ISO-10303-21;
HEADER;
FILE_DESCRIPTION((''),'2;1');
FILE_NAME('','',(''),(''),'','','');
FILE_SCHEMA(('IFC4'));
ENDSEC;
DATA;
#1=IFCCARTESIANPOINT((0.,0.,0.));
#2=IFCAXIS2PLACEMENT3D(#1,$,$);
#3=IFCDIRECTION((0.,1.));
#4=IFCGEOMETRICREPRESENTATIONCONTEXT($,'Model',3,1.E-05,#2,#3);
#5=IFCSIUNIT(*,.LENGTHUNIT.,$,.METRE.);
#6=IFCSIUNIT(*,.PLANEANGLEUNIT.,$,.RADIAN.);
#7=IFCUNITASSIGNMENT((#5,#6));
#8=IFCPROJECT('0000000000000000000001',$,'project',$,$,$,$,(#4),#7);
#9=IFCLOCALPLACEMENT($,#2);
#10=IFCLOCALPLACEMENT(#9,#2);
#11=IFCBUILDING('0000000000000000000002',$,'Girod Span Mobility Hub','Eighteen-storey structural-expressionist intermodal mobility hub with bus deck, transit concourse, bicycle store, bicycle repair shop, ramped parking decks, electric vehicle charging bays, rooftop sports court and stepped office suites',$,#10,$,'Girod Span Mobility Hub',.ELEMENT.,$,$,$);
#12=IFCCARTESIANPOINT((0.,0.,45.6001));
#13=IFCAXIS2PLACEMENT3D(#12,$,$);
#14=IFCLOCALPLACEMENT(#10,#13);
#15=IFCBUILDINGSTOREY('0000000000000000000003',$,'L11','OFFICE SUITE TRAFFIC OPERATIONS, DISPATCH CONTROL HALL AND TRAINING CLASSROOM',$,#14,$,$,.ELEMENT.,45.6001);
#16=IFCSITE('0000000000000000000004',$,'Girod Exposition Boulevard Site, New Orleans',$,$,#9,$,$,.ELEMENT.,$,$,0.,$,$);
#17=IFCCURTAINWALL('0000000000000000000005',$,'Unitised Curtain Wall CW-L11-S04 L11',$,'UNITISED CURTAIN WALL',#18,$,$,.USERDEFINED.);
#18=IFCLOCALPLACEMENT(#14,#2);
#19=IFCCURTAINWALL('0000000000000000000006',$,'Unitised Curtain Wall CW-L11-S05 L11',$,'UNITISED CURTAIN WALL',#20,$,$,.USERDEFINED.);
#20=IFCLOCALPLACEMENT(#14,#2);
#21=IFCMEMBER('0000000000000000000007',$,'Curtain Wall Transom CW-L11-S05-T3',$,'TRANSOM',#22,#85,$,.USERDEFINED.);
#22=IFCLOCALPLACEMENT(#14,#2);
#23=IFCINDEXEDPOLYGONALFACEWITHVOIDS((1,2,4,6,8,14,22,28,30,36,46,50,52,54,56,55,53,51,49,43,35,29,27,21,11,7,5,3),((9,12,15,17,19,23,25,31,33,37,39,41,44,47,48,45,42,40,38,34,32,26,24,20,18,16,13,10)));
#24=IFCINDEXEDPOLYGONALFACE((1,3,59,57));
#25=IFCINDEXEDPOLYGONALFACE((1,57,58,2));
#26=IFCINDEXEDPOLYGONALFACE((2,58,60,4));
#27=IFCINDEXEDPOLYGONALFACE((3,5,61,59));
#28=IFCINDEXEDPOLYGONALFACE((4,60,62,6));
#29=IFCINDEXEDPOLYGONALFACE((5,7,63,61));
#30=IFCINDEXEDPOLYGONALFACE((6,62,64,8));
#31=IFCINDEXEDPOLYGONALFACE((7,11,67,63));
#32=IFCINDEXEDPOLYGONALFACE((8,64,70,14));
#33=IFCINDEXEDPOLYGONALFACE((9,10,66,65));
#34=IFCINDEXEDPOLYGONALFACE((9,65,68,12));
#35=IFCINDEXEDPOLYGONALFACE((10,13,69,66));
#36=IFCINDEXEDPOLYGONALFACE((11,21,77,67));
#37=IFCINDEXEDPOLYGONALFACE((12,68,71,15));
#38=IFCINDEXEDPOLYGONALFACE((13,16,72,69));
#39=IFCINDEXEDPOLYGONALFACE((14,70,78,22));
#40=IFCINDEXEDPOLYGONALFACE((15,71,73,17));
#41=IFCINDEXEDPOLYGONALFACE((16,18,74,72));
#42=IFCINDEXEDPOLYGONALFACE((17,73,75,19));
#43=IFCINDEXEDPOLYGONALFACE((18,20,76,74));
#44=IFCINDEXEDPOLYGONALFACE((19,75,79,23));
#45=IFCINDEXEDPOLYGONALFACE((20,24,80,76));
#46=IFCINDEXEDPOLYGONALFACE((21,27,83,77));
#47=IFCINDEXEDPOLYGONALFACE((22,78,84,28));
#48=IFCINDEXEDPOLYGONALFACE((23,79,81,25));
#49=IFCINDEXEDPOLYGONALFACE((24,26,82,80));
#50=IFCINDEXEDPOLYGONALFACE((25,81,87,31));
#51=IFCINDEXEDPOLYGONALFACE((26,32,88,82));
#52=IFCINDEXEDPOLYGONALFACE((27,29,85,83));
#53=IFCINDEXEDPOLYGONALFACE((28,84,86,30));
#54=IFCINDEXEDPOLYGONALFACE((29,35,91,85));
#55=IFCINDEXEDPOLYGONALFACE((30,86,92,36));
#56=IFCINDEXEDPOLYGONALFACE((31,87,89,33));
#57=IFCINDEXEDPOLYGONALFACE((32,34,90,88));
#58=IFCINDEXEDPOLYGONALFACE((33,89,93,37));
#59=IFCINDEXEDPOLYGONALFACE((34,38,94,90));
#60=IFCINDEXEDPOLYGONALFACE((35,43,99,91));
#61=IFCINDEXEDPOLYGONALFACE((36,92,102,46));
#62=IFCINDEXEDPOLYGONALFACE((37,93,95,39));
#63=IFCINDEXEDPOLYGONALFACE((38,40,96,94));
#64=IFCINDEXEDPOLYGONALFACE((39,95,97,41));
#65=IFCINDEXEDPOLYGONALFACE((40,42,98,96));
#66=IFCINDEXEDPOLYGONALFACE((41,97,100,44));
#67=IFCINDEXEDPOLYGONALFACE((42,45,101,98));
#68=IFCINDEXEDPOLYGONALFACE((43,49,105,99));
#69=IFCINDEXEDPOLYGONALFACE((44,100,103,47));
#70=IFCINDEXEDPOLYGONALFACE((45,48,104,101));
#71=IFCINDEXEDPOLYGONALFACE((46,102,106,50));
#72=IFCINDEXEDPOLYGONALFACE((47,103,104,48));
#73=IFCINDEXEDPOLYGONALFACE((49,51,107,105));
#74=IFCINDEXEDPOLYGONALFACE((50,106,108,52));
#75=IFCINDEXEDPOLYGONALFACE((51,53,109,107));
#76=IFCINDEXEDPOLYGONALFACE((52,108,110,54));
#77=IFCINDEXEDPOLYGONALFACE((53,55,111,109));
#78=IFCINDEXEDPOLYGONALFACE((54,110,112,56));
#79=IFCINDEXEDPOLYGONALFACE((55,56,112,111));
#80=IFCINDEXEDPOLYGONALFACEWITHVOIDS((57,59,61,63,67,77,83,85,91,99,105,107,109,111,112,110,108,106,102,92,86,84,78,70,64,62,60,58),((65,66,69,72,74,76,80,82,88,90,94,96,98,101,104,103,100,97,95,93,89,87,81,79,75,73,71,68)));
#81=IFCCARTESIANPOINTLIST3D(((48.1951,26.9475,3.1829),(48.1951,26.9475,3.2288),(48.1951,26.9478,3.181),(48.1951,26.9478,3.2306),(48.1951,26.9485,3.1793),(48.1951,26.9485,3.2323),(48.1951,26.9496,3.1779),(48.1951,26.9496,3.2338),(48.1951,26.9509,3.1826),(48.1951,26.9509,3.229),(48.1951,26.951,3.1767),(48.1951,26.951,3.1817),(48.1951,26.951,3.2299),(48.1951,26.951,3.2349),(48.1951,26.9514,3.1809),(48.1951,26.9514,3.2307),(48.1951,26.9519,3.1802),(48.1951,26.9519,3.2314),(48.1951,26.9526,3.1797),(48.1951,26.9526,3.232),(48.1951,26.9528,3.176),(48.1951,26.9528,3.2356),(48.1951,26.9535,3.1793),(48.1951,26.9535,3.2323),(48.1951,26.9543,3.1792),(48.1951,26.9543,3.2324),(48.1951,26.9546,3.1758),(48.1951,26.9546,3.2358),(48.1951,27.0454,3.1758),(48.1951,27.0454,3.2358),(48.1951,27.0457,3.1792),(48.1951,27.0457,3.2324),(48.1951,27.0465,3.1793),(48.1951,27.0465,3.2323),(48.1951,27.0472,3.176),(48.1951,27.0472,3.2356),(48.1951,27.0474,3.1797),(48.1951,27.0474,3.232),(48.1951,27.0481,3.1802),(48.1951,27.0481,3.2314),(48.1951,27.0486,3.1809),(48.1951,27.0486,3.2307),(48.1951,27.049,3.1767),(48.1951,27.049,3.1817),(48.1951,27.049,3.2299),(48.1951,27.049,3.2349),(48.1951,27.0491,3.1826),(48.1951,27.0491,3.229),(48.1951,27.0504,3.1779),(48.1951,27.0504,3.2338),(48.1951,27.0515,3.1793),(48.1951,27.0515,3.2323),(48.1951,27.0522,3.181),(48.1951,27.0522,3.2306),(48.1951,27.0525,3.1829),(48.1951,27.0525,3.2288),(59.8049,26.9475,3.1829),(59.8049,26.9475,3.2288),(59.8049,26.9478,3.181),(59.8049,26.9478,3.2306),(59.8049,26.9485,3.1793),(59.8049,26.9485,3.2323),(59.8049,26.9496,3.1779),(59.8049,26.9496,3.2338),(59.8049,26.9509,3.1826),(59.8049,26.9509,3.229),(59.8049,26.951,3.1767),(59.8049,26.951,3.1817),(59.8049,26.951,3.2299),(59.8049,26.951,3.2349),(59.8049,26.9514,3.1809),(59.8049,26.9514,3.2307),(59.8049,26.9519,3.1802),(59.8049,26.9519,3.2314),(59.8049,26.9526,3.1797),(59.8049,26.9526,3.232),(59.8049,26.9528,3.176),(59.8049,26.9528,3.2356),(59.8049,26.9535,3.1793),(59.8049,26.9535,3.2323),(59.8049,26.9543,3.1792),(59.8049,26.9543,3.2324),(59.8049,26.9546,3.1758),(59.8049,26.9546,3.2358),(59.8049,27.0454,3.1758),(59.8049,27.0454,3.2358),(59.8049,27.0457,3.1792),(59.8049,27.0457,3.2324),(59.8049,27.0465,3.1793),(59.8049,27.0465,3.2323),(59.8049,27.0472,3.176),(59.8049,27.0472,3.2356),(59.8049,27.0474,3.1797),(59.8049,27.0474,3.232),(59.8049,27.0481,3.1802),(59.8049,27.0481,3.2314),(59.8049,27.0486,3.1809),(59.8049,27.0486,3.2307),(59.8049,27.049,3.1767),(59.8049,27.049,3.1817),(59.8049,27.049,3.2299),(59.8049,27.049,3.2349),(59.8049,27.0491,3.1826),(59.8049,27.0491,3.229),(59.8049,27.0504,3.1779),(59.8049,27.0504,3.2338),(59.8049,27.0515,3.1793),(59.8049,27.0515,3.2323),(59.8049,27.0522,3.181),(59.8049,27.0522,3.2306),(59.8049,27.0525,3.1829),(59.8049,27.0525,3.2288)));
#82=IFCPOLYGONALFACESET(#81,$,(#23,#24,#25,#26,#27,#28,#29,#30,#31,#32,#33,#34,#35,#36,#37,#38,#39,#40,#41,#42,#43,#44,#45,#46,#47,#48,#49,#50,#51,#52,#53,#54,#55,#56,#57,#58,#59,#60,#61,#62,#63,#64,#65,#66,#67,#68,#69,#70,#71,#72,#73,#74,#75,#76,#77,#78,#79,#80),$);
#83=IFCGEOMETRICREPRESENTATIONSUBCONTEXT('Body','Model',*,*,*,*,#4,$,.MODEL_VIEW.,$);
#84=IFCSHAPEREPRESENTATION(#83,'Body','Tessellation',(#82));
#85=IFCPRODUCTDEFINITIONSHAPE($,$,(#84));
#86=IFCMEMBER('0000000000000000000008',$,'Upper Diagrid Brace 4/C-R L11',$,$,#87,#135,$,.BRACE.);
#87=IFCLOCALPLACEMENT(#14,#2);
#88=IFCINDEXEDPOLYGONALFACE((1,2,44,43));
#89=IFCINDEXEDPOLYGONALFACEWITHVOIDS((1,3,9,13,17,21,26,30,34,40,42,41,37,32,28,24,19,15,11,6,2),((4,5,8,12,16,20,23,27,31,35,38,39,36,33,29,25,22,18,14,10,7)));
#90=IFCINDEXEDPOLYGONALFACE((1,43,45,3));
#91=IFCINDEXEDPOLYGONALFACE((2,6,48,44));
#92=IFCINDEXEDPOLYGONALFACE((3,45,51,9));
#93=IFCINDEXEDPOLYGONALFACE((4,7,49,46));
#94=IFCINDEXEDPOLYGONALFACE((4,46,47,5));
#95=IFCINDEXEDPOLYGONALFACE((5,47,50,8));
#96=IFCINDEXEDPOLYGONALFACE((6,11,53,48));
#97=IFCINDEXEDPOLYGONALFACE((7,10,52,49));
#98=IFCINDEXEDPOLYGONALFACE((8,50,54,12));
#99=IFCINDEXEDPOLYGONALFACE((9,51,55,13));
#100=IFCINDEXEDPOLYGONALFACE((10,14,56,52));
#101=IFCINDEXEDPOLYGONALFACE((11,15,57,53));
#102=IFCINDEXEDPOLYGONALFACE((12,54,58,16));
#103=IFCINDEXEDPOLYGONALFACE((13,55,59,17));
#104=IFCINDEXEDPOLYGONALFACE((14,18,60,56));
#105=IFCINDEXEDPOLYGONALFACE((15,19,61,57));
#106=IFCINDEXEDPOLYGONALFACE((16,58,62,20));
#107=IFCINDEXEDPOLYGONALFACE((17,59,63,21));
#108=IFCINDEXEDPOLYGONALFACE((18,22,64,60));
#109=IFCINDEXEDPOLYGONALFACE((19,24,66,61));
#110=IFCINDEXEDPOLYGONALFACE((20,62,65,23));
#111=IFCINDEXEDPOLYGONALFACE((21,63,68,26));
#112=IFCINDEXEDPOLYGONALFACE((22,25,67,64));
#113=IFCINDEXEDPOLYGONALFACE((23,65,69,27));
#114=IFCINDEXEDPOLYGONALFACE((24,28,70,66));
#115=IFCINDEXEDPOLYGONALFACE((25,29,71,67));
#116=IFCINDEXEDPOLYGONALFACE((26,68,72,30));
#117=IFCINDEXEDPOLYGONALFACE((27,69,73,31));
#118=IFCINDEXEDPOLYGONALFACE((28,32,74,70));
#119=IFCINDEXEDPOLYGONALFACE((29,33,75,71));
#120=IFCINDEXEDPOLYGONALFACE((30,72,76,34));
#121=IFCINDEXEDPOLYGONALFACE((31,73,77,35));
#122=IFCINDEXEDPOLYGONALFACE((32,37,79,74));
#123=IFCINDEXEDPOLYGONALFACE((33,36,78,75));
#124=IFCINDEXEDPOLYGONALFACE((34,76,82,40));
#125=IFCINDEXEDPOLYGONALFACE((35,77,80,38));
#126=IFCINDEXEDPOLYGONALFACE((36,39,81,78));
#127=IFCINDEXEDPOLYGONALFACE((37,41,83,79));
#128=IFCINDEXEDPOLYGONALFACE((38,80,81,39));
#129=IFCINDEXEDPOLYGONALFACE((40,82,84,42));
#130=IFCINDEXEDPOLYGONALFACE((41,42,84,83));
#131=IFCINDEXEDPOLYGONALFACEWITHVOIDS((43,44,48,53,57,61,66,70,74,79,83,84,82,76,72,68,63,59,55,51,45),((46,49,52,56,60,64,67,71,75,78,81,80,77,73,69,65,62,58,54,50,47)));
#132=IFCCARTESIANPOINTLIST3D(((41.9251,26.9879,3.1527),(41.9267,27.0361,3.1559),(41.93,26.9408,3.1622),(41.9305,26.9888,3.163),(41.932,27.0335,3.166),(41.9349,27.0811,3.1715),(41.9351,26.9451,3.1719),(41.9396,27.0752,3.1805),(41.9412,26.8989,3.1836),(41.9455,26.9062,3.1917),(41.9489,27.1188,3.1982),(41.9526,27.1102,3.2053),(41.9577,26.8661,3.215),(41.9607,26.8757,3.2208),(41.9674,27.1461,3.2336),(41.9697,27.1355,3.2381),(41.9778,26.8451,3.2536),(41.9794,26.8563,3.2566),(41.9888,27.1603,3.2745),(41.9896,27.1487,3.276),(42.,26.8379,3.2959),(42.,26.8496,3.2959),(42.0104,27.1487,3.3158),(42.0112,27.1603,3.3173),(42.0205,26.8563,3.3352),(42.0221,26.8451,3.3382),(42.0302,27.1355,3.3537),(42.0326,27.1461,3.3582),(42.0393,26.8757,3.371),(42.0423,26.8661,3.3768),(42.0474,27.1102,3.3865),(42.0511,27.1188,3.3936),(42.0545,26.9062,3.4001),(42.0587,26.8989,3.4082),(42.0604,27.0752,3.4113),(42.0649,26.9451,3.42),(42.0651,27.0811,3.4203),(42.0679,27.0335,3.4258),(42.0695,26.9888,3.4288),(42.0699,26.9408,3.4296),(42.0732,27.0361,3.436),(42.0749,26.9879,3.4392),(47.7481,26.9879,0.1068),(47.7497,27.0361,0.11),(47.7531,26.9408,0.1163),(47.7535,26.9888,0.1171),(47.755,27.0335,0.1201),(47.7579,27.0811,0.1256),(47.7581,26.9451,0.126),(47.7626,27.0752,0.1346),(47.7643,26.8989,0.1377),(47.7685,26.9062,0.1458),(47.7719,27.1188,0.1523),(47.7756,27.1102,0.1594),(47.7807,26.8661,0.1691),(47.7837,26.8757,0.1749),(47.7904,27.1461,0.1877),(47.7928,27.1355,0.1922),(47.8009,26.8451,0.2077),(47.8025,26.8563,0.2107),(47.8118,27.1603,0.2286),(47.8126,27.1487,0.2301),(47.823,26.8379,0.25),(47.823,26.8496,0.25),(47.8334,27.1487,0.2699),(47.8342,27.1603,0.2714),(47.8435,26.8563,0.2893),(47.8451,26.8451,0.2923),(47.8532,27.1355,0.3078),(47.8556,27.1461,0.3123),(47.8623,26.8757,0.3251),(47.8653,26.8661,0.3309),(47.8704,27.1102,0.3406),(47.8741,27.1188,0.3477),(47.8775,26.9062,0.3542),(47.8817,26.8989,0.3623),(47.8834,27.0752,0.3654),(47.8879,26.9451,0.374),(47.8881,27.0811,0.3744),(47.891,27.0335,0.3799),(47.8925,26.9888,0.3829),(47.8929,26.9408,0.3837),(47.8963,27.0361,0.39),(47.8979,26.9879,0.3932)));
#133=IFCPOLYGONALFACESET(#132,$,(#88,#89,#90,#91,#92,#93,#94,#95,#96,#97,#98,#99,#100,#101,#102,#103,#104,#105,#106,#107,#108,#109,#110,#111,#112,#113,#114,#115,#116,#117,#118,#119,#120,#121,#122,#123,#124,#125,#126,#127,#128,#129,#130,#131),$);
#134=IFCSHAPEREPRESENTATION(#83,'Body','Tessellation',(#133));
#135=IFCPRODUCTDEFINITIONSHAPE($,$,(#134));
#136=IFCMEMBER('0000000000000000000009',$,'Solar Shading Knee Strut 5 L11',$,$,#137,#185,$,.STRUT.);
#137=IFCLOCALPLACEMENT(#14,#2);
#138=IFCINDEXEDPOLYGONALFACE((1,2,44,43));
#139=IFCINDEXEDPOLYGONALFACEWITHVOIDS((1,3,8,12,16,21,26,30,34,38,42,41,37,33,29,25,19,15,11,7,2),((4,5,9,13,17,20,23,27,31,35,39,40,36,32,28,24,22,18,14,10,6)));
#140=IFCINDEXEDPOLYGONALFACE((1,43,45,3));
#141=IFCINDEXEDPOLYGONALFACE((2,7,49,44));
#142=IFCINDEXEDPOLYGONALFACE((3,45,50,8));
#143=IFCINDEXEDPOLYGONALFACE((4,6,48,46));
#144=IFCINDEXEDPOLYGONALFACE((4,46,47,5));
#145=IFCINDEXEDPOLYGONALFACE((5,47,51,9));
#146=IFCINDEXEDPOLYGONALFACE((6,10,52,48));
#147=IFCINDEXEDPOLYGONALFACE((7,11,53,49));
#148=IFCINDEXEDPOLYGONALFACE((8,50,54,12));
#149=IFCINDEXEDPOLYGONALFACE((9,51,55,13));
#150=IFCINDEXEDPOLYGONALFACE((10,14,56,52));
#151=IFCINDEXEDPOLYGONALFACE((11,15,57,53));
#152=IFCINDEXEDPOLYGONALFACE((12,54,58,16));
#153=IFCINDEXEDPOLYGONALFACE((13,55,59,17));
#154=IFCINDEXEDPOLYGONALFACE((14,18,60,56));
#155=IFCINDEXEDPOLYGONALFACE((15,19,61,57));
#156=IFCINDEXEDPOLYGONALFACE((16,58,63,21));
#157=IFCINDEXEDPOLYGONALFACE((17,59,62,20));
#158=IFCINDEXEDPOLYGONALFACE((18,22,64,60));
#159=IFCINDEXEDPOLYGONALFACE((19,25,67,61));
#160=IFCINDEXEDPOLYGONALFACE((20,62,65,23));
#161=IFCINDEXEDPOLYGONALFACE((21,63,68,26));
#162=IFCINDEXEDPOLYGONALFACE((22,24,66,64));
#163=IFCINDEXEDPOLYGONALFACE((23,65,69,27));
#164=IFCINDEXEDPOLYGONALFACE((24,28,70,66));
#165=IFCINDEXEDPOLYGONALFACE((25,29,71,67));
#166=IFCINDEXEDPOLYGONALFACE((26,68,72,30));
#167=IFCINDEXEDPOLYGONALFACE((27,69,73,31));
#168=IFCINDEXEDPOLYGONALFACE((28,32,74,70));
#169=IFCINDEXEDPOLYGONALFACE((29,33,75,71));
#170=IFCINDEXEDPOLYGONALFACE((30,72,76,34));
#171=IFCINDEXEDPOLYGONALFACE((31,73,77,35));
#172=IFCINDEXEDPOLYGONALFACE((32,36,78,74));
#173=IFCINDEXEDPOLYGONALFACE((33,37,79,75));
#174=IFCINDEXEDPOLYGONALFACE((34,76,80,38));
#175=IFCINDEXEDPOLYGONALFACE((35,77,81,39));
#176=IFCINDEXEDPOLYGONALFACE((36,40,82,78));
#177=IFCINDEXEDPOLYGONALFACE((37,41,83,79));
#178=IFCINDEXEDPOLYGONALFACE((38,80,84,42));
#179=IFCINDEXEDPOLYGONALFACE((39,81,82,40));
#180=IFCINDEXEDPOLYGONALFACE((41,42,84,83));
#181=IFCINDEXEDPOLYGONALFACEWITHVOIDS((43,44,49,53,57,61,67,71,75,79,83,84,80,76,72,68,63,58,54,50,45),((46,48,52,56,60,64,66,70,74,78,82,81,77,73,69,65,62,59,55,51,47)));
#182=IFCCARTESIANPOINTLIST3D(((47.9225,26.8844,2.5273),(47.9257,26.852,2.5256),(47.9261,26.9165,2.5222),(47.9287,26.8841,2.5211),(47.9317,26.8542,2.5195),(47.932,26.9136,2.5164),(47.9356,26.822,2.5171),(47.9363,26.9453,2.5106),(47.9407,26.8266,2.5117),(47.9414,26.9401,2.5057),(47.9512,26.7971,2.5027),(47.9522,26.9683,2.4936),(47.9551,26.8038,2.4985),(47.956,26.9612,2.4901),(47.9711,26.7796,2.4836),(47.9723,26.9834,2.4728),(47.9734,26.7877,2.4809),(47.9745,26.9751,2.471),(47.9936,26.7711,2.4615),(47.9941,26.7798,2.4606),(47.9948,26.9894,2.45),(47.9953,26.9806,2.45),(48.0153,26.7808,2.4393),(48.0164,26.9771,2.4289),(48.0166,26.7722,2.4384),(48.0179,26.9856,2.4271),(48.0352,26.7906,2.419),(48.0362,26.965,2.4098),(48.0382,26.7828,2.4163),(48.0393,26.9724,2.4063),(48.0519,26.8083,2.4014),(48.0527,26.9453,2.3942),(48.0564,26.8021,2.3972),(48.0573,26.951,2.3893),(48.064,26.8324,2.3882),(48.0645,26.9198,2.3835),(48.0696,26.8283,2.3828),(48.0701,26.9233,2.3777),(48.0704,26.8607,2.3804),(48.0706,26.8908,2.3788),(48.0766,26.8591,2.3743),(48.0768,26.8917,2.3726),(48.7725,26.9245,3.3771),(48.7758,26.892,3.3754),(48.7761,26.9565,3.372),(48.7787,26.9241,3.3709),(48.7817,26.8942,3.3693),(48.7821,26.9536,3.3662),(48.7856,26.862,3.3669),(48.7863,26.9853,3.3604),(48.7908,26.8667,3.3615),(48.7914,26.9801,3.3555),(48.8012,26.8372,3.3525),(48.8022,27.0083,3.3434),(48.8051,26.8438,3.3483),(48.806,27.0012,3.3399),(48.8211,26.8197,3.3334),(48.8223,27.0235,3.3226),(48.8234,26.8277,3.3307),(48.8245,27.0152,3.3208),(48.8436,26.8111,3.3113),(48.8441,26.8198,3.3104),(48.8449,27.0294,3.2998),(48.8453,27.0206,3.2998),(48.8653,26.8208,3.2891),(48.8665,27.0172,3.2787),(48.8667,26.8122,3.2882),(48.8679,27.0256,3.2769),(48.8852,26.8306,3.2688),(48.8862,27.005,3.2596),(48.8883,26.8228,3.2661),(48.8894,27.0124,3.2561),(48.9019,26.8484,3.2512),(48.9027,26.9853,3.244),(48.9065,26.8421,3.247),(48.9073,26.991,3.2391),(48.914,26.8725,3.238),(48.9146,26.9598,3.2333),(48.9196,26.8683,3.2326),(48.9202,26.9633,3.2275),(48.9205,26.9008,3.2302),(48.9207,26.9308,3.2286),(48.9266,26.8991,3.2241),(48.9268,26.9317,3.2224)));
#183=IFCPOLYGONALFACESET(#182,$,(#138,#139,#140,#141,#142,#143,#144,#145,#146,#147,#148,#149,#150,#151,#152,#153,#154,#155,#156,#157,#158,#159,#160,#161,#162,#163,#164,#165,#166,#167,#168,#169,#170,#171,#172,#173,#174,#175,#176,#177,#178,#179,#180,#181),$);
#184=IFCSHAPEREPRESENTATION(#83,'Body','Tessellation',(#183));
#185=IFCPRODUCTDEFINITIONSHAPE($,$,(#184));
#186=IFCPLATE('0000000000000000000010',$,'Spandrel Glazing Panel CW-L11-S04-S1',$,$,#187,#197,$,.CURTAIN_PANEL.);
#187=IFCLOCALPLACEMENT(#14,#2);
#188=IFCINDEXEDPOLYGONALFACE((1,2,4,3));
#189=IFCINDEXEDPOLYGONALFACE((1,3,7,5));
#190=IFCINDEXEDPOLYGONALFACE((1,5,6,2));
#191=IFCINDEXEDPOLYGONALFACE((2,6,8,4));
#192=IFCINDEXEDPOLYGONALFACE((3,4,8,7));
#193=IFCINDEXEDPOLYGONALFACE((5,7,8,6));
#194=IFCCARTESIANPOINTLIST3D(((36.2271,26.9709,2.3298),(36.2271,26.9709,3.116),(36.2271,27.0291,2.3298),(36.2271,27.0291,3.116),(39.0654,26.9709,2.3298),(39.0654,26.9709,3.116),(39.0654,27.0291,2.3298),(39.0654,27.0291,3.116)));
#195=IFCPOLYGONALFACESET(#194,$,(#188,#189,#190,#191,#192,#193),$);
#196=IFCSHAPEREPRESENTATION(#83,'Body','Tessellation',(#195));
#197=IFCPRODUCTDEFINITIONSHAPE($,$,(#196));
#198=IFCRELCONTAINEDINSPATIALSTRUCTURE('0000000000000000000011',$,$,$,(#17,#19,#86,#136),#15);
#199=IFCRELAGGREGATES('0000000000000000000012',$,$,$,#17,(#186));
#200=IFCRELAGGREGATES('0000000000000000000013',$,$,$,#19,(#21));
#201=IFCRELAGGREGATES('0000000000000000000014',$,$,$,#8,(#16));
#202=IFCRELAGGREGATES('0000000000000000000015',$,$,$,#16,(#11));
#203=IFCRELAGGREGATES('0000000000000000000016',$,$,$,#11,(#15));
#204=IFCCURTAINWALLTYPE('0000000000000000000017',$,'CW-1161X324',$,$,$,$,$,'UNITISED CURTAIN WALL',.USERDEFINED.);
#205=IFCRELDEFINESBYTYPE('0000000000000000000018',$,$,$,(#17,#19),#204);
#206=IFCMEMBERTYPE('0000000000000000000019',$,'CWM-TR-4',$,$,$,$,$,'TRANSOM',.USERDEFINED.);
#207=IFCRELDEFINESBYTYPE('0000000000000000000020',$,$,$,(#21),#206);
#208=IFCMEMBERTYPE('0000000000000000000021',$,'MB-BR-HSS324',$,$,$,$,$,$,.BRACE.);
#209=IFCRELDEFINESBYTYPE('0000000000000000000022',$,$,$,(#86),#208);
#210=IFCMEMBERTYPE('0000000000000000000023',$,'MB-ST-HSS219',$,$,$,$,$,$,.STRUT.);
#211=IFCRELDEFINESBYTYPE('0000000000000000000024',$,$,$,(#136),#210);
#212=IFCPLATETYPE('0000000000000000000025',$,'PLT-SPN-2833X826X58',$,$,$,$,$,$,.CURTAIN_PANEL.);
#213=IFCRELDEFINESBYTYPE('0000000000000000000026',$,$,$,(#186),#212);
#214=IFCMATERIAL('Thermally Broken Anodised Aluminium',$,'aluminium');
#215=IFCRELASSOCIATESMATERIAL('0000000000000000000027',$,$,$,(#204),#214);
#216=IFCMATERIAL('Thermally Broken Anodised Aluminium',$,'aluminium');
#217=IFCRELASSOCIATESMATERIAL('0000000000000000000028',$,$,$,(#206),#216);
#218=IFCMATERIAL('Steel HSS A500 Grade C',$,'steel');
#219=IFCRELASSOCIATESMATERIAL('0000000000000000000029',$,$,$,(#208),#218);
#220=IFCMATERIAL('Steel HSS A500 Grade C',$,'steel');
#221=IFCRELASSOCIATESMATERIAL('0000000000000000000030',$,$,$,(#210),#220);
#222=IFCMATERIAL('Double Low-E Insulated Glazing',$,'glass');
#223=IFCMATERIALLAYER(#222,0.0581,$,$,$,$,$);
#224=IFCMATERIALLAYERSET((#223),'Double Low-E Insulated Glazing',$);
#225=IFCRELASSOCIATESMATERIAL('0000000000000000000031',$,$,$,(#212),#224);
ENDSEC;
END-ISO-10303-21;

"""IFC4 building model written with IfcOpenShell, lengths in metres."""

from ifc_helpers import new_model, si_unit, direction, frame, origin, origin_2d, place, context, subcontext, project, spatial, rectangle, hollow_rectangle, hollow_circle, extrude, material, layer, layer_set, material_profile, profile_set, type_object, element, aggregate, save


model = new_model("IFC4")

# Units and contexts
model_context = context("Model", 3, precision=1e-05, world=origin(), true_north=direction((0.0, 1.0)))
body_context = subcontext(model_context, "Body", "Model", "MODEL_VIEW")
ifc_project = project(units=[si_unit("LENGTHUNIT", "METRE"), si_unit("PLANEANGLEUNIT", "RADIAN")], contexts=[model_context])

# Site, building, storey
site_placement = place(None, origin())
site = spatial("IfcSite", under=ifc_project, at=site_placement, Name="Girod Exposition Boulevard Site, New Orleans", CompositionType="ELEMENT", RefElevation=0.0)
building_placement = place(site_placement, origin())
building = spatial("IfcBuilding", under=site, at=building_placement, Name="Girod Span Mobility Hub", Description="Eighteen-storey structural-expressionist intermodal mobility hub with bus deck, transit concourse, bicycle store, bicycle repair shop, ramped parking decks, electric vehicle charging bays, rooftop sports court and stepped office suites", LongName="Girod Span Mobility Hub", CompositionType="ELEMENT")
storey_placement = place(building_placement, frame((0.0, 0.0, 45.6001)))
storey = spatial("IfcBuildingStorey", under=building, at=storey_placement, Name="L11", Description="OFFICE SUITE TRAFFIC OPERATIONS, DISPATCH CONTROL HALL AND TRAINING CLASSROOM", CompositionType="ELEMENT", Elevation=45.6001)

# Curtain walls, member
ifc_material_1 = material(Name="Thermally Broken Anodised Aluminium", Category="aluminium")
curtain_wall_type = type_object("IfcCurtainWallType", Name="CW-1161X324", ElementType="UNITISED CURTAIN WALL", PredefinedType="USERDEFINED", material=ifc_material_1)
curtain_wall_1_placement = place(storey_placement, origin())
curtain_wall_1 = element("IfcCurtainWall", 1, at=curtain_wall_1_placement, inside=storey, type_object=curtain_wall_type, Name="Unitised Curtain Wall CW-L11-S04 L11", ObjectType="UNITISED CURTAIN WALL", PredefinedType="USERDEFINED")
curtain_wall_2_placement = place(storey_placement, origin())
curtain_wall_2 = element("IfcCurtainWall", 2, at=curtain_wall_2_placement, inside=storey, type_object=curtain_wall_type, Name="Unitised Curtain Wall CW-L11-S05 L11", ObjectType="UNITISED CURTAIN WALL", PredefinedType="USERDEFINED")
ifc_material_2 = material(Name="Thermally Broken Anodised Aluminium", Category="aluminium")
ifc_material_profile_1 = material_profile(ifc_material_2, hollow_rectangle(XDim=0.105, YDim=0.0601, WallThickness=0.0034, InnerFilletRadius=0.0034, OuterFilletRadius=0.0071, at=origin_2d()), Name="CW-TR-60X105")
ifc_profile_set_1 = profile_set([ifc_material_profile_1], Name="Thermally Broken Anodised Aluminium")
member_type_1 = type_object("IfcMemberType", Name="CWM-TR-4", ElementType="TRANSOM", PredefinedType="USERDEFINED", material=ifc_profile_set_1)
member_1_placement = place(storey_placement, frame((48.1951, 27.0, 3.2058), z_axis=(1.0, 0.0, 0.0), x_axis=(0.0, 1.0, 0.0)))
member_1 = element("IfcMember", 3, at=member_1_placement, type_object=member_type_1, Name="Curtain Wall Transom CW-L11-S05-T3", ObjectType="TRANSOM", PredefinedType="USERDEFINED", context=body_context, shape_type="SweptSolid", body=[
    extrude(hollow_rectangle(XDim=0.105, YDim=0.0601, WallThickness=0.0034, InnerFilletRadius=0.0034, OuterFilletRadius=0.0071, at=origin_2d()), origin(), (0.0, 0.0, 1.0), 11.6099),
])

# Members
ifc_material_3 = material(Name="Steel HSS A500 Grade C", Category="steel")
ifc_material_profile_2 = material_profile(ifc_material_3, hollow_circle(Radius=0.1621, WallThickness=0.0117, at=origin_2d()), Name="HSS324X12.7")
ifc_profile_set_2 = profile_set([ifc_material_profile_2], Name="Steel HSS A500 Grade C")
member_type_2 = type_object("IfcMemberType", Name="MB-BR-HSS324", PredefinedType="BRACE", material=ifc_profile_set_2)
member_2_placement = place(storey_placement, frame((47.823, 27.0, 0.25), z_axis=(-0.886097, 0.0, 0.4635), x_axis=(0.0, -1.0, 0.0)))
element("IfcMember", 4, at=member_2_placement, inside=storey, type_object=member_type_2, Name="Upper Diagrid Brace 4/C-R L11", PredefinedType="BRACE", context=body_context, shape_type="SweptSolid", body=[
    extrude(hollow_circle(Radius=0.1621, WallThickness=0.0117, at=origin_2d()), origin(), (0.0, 0.0, 1.0), 6.5715),
])
ifc_material_4 = material(Name="Steel HSS A500 Grade C", Category="steel")
ifc_material_profile_3 = material_profile(ifc_material_4, hollow_circle(Radius=0.1096, WallThickness=0.0088, at=origin_2d()), Name="HSS219X9.5")
ifc_profile_set_3 = profile_set([ifc_material_profile_3], Name="Steel HSS A500 Grade C")
member_type_3 = type_object("IfcMemberType", Name="MB-ST-HSS219", PredefinedType="STRUT", material=ifc_profile_set_3)
member_3_placement = place(storey_placement, frame((48.0, 26.8799, 2.45), z_axis=(0.706816, 0.033291, 0.706613), x_axis=(-0.047047, 0.998893, 0.0)))
element("IfcMember", 5, at=member_3_placement, inside=storey, type_object=member_type_3, Name="Solar Shading Knee Strut 5 L11", PredefinedType="STRUT", context=body_context, shape_type="SweptSolid", body=[
    extrude(hollow_circle(Radius=0.1096, WallThickness=0.0088, at=origin_2d()), origin(), (0.0, 0.0, 1.0), 1.2026),
])

# Plate
ifc_material_5 = material(Name="Double Low-E Insulated Glazing", Category="glass")
ifc_layer_1 = layer(ifc_material_5, 0.0581)
ifc_layer_set_1 = layer_set([ifc_layer_1], Name="Double Low-E Insulated Glazing")
plate_type_1 = type_object("IfcPlateType", Name="PLT-SPN-2833X826X58", PredefinedType="CURTAIN_PANEL", material=ifc_layer_set_1)
plate_1_placement = place(storey_placement, frame((37.6462, 27.0, 2.3298), z_axis=(0.0, 0.0, 1.0), x_axis=(1.0, 0.0, 0.0)))
plate_1 = element("IfcPlate", 6, at=plate_1_placement, type_object=plate_type_1, Name="Spandrel Glazing Panel CW-L11-S04-S1", PredefinedType="CURTAIN_PANEL", context=body_context, shape_type="SweptSolid", body=[
    extrude(rectangle(XDim=2.8384, YDim=0.0581, at=origin_2d()), origin(), (0.0, 0.0, 1.0), 0.7861),
])
aggregate(curtain_wall_1, [plate_1])
aggregate(curtain_wall_2, [member_1])

save(model, "model.ifc")
